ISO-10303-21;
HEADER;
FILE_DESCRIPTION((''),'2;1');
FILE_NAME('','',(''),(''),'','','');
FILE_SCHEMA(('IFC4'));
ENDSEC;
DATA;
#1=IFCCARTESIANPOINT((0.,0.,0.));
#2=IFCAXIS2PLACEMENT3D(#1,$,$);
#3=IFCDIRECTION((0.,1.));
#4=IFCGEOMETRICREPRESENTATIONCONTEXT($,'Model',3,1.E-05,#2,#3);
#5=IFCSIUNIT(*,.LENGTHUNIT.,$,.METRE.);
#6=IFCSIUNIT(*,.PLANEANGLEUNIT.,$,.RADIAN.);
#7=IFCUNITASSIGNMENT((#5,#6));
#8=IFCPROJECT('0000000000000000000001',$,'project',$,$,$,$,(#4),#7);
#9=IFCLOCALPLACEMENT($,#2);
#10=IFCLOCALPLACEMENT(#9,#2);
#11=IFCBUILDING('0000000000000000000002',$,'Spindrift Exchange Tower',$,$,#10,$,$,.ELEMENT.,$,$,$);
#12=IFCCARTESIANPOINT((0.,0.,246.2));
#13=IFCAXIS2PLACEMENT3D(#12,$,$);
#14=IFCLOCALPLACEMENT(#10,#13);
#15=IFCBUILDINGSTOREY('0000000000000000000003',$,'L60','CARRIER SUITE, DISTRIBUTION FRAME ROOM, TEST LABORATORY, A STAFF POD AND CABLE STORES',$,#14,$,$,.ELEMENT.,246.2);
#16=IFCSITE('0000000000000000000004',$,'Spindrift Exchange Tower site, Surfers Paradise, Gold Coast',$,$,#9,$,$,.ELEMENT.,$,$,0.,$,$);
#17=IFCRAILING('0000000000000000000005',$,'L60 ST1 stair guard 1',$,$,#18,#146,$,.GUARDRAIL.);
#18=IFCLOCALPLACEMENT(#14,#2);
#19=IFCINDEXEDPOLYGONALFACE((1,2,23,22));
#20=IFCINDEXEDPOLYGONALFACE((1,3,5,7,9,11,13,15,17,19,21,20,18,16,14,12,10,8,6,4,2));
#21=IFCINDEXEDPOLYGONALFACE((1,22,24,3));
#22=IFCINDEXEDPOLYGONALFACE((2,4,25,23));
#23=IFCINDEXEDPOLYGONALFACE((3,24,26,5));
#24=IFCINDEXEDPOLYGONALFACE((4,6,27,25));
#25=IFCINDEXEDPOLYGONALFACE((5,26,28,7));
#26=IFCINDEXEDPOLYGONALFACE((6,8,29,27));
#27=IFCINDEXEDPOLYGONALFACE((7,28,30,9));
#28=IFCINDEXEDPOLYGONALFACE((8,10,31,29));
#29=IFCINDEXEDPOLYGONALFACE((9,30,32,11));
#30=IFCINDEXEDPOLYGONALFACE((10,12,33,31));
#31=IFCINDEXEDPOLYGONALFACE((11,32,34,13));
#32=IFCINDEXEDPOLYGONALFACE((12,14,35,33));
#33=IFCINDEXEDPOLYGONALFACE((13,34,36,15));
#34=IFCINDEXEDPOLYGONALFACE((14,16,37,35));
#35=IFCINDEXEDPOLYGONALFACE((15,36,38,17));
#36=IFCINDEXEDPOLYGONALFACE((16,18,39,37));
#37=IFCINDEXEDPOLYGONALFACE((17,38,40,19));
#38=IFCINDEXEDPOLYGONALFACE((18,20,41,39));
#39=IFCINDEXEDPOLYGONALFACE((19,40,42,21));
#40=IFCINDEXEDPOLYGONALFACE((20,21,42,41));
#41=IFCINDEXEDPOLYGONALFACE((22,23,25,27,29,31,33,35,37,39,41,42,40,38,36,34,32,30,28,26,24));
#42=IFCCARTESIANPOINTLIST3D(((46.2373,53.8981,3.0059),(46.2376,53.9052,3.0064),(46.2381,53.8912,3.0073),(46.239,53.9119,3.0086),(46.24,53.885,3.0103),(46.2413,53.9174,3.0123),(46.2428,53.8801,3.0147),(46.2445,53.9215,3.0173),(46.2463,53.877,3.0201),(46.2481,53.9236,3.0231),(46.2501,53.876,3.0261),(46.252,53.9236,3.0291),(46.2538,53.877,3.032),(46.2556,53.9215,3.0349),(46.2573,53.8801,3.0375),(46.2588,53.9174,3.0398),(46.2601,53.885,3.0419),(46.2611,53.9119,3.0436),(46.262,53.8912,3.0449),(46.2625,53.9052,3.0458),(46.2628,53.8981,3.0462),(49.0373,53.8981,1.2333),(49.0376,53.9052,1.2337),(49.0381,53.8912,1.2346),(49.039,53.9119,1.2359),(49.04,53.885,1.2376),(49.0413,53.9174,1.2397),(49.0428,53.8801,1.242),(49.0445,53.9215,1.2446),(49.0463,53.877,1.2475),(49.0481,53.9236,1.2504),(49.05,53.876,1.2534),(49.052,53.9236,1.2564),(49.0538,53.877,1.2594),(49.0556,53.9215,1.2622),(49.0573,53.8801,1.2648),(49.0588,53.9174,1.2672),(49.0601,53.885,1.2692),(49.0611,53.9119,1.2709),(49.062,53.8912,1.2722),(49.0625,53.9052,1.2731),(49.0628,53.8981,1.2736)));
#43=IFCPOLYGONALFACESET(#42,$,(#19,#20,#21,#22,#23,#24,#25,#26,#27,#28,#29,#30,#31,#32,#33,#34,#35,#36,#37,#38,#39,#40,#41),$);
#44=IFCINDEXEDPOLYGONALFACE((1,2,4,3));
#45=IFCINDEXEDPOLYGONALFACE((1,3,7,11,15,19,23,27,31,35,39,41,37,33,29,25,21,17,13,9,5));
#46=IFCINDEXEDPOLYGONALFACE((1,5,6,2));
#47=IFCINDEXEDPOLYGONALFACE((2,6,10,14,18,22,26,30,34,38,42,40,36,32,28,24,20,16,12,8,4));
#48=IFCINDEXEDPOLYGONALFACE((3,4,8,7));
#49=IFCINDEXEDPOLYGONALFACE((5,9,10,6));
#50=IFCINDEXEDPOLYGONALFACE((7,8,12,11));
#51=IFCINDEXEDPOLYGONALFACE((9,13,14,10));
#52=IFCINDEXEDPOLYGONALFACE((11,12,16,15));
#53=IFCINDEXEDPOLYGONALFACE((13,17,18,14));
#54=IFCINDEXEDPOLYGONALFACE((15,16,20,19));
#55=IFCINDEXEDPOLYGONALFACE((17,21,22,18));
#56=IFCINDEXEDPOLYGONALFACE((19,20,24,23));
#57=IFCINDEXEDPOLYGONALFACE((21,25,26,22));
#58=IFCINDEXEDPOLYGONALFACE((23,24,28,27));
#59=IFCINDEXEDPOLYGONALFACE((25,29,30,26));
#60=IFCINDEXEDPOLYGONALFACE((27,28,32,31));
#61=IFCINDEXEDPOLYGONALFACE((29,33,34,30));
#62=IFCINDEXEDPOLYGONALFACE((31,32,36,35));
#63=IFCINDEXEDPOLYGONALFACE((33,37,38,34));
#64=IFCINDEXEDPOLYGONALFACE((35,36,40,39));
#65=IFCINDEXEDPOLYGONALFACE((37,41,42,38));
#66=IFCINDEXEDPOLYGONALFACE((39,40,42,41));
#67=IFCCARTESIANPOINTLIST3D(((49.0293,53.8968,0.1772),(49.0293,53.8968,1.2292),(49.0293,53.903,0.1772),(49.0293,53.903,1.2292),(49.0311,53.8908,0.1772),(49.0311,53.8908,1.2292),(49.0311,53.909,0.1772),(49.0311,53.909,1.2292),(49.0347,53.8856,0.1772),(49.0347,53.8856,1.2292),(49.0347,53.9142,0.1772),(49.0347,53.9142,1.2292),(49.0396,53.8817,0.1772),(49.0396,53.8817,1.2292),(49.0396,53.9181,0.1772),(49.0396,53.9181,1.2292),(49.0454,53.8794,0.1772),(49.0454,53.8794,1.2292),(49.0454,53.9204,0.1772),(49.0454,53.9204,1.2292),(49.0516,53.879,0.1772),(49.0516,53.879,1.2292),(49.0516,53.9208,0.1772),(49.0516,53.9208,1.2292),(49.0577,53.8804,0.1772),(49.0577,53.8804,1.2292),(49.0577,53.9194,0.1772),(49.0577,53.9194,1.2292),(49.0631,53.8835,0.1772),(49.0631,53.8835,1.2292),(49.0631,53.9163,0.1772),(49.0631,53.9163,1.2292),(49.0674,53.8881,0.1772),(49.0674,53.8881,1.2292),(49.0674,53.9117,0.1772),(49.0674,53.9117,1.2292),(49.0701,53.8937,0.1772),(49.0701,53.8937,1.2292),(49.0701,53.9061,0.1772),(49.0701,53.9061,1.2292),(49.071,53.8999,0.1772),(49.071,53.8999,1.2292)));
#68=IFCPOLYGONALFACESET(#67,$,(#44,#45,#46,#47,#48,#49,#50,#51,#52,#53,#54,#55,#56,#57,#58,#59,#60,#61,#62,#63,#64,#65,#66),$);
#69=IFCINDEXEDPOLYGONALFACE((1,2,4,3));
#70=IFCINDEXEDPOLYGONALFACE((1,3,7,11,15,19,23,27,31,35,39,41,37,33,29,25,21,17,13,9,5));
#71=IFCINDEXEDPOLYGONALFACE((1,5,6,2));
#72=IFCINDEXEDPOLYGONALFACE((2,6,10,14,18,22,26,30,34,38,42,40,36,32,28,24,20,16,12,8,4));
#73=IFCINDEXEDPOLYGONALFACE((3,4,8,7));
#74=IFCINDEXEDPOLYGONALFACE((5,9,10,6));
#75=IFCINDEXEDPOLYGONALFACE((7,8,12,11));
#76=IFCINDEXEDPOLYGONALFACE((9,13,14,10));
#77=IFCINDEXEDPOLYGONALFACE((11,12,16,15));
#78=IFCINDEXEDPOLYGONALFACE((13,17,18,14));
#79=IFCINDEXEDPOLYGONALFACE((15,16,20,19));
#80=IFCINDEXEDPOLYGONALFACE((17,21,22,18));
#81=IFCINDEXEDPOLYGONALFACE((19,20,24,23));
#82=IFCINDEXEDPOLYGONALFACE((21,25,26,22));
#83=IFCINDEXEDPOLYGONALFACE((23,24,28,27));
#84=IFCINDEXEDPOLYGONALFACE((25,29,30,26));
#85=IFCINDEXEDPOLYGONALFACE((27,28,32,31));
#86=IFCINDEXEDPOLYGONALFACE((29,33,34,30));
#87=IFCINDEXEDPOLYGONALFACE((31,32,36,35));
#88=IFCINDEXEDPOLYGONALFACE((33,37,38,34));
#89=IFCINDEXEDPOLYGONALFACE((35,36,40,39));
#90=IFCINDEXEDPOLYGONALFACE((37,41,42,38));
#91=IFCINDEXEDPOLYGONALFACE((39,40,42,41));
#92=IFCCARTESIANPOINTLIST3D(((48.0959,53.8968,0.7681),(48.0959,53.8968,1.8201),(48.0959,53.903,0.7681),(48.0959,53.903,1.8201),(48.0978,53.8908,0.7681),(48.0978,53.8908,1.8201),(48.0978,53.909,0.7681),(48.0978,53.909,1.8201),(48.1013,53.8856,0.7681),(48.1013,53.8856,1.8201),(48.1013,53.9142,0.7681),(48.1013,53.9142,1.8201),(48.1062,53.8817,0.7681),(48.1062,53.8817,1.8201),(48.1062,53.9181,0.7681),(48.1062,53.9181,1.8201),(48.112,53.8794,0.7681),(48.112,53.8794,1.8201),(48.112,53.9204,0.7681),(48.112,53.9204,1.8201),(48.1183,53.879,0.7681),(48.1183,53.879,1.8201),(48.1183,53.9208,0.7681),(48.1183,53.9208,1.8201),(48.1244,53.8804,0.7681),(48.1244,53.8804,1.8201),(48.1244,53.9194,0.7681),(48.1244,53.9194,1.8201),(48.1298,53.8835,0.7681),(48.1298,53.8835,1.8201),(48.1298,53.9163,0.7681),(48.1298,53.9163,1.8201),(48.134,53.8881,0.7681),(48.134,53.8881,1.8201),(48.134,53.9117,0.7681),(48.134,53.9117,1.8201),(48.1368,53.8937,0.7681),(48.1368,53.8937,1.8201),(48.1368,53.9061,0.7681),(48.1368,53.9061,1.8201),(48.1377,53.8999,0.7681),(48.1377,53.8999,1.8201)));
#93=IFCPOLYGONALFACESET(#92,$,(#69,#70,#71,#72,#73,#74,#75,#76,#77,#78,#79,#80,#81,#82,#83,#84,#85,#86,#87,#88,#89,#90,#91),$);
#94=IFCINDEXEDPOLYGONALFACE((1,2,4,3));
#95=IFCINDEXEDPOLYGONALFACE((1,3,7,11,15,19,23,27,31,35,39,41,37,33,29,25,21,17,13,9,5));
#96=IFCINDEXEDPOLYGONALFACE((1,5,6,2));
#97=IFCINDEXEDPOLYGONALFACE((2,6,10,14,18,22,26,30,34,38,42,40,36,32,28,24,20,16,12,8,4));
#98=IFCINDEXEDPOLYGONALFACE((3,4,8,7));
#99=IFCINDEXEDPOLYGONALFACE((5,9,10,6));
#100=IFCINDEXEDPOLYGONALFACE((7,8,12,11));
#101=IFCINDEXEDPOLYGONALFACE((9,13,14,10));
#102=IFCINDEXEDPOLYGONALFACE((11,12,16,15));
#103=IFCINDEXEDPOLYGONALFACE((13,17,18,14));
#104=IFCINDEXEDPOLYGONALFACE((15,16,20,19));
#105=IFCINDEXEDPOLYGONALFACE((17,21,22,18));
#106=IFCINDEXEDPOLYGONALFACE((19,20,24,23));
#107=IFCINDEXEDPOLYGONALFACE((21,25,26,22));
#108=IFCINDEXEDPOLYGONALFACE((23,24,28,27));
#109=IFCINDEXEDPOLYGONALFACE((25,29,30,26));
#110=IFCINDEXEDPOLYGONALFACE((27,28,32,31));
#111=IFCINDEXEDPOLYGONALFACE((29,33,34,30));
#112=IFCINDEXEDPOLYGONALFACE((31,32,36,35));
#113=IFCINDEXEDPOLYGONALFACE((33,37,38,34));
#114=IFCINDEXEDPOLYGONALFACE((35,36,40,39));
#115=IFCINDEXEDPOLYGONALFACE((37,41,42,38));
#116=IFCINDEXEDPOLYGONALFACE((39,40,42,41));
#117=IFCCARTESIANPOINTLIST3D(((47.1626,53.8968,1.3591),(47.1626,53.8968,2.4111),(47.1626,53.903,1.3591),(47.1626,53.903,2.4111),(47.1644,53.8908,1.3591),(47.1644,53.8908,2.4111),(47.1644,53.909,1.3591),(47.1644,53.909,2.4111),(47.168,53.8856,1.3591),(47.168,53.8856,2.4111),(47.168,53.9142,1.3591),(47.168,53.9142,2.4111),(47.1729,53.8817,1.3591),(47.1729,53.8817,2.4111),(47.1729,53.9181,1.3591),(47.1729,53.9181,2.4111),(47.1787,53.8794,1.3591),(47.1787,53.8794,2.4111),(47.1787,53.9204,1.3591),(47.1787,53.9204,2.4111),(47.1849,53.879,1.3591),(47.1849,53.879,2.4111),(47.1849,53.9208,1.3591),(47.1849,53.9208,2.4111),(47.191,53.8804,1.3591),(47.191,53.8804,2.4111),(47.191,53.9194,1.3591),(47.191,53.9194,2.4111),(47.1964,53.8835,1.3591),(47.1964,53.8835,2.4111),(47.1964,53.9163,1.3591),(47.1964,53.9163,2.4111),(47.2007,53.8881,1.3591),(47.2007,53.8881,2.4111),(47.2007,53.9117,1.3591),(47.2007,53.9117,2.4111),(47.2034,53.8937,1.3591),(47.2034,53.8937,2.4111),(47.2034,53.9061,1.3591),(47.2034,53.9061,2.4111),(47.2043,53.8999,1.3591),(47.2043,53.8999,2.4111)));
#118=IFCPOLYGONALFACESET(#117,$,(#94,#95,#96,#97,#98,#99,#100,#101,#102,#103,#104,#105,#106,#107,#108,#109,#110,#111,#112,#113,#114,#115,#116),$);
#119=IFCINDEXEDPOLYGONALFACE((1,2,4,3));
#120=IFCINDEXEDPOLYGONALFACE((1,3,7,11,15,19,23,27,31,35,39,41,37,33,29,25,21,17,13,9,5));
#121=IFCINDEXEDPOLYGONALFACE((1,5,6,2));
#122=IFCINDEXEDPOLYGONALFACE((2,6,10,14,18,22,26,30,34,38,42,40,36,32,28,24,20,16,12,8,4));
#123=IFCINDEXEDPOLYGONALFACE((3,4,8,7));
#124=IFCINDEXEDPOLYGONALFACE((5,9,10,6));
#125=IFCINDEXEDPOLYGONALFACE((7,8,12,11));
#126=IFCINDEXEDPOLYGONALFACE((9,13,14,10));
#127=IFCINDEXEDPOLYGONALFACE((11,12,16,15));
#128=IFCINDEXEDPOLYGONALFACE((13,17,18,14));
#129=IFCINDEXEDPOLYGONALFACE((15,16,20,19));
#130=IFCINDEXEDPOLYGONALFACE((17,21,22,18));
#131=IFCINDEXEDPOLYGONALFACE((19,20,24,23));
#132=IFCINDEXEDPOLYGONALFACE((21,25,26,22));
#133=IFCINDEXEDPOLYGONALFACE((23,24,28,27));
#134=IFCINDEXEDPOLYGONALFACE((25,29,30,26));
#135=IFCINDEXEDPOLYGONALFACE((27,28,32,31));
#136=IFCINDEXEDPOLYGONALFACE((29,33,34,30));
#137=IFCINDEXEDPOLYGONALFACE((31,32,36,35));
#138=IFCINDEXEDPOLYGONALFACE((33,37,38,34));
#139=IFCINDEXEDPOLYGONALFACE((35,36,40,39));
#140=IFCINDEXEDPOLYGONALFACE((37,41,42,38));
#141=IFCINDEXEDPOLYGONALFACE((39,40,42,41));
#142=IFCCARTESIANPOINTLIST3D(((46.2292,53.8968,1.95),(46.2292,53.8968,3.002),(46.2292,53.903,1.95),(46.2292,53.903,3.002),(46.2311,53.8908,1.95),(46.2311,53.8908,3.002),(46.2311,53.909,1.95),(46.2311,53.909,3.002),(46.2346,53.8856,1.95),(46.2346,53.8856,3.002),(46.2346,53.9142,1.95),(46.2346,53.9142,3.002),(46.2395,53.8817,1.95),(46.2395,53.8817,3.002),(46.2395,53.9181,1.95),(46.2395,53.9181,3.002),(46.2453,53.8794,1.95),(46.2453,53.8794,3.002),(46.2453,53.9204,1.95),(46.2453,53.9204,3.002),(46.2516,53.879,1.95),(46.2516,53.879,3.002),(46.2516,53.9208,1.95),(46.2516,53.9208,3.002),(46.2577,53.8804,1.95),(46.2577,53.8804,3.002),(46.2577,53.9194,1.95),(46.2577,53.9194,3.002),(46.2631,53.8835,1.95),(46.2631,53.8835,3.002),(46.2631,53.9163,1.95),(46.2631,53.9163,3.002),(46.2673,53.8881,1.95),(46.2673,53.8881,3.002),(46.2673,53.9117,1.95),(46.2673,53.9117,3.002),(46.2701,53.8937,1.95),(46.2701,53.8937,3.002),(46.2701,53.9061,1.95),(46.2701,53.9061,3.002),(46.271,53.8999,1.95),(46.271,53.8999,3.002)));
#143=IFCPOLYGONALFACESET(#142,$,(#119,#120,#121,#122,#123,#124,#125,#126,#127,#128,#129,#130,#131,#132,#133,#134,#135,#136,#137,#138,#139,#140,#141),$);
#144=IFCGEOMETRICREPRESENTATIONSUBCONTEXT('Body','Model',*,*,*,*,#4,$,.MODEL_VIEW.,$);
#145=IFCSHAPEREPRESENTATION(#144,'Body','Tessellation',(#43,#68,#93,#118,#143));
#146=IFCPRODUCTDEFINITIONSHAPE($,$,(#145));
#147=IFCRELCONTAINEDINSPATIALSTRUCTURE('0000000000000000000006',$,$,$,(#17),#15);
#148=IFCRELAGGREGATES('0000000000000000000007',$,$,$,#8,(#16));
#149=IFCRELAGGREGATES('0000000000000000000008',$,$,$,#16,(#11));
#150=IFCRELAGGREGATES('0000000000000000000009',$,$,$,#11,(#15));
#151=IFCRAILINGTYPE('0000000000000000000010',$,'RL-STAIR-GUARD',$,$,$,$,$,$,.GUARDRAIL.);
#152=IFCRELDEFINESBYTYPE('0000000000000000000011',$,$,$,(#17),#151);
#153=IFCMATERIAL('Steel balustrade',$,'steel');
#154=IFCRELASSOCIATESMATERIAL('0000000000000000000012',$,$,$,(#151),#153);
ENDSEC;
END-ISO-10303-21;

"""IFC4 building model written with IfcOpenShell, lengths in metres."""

from ifc_helpers import new_model, si_unit, direction, frame, origin, origin_2d, place, context, subcontext, project, spatial, circle, extrude, material, type_object, element, save


model = new_model("IFC4")

# Units and contexts
model_context = context("Model", 3, precision=1e-05, world=origin(), true_north=direction((0.0, 1.0)))
body_context = subcontext(model_context, "Body", "Model", "MODEL_VIEW")
ifc_project = project(units=[si_unit("LENGTHUNIT", "METRE"), si_unit("PLANEANGLEUNIT", "RADIAN")], contexts=[model_context])

# Site, building, storey
site_placement = place(None, origin())
site = spatial("IfcSite", under=ifc_project, at=site_placement, Name="Spindrift Exchange Tower site, Surfers Paradise, Gold Coast", CompositionType="ELEMENT", RefElevation=0.0)
building_placement = place(site_placement, origin())
building = spatial("IfcBuilding", under=site, at=building_placement, Name="Spindrift Exchange Tower", CompositionType="ELEMENT")
storey_placement = place(building_placement, frame((0.0, 0.0, 246.2)))
storey = spatial("IfcBuildingStorey", under=building, at=storey_placement, Name="L60", Description="CARRIER SUITE, DISTRIBUTION FRAME ROOM, TEST LABORATORY, A STAFF POD AND CABLE STORES", CompositionType="ELEMENT", Elevation=246.2)

# Railing
ifc_material_1 = material(Name="Steel balustrade", Category="steel")
railing_type_1 = type_object("IfcRailingType", Name="RL-STAIR-GUARD", PredefinedType="GUARDRAIL", material=ifc_material_1)
railing_1_placement = place(storey_placement, frame((49.05, 53.8999, 0.1772)))
element("IfcRailing", 1, at=railing_1_placement, inside=storey, type_object=railing_type_1, Name="L60 ST1 stair guard 1", PredefinedType="GUARDRAIL", context=body_context, shape_type="SweptSolid", body=[
    extrude(circle(Radius=0.0239, at=origin_2d()), frame((0.0, 0.0, 1.0762), z_axis=(-0.844909, 0.0, 0.53491), x_axis=(0.0, -1.0, 0.0)), (0.0, 0.0, 1.0), 3.314),
    extrude(circle(Radius=0.021, at=origin_2d()), origin(), (0.0, 0.0, 1.0), 1.052),
    extrude(circle(Radius=0.021, at=origin_2d()), frame((-0.9333, 0.0, 0.5908)), (0.0, 0.0, 1.0), 1.052),
    extrude(circle(Radius=0.021, at=origin_2d()), frame((-1.8667, 0.0, 1.1819)), (0.0, 0.0, 1.0), 1.052),
    extrude(circle(Radius=0.021, at=origin_2d()), frame((-2.8, 0.0, 1.7727)), (0.0, 0.0, 1.0), 1.052),
])

save(model, "model.ifc")
